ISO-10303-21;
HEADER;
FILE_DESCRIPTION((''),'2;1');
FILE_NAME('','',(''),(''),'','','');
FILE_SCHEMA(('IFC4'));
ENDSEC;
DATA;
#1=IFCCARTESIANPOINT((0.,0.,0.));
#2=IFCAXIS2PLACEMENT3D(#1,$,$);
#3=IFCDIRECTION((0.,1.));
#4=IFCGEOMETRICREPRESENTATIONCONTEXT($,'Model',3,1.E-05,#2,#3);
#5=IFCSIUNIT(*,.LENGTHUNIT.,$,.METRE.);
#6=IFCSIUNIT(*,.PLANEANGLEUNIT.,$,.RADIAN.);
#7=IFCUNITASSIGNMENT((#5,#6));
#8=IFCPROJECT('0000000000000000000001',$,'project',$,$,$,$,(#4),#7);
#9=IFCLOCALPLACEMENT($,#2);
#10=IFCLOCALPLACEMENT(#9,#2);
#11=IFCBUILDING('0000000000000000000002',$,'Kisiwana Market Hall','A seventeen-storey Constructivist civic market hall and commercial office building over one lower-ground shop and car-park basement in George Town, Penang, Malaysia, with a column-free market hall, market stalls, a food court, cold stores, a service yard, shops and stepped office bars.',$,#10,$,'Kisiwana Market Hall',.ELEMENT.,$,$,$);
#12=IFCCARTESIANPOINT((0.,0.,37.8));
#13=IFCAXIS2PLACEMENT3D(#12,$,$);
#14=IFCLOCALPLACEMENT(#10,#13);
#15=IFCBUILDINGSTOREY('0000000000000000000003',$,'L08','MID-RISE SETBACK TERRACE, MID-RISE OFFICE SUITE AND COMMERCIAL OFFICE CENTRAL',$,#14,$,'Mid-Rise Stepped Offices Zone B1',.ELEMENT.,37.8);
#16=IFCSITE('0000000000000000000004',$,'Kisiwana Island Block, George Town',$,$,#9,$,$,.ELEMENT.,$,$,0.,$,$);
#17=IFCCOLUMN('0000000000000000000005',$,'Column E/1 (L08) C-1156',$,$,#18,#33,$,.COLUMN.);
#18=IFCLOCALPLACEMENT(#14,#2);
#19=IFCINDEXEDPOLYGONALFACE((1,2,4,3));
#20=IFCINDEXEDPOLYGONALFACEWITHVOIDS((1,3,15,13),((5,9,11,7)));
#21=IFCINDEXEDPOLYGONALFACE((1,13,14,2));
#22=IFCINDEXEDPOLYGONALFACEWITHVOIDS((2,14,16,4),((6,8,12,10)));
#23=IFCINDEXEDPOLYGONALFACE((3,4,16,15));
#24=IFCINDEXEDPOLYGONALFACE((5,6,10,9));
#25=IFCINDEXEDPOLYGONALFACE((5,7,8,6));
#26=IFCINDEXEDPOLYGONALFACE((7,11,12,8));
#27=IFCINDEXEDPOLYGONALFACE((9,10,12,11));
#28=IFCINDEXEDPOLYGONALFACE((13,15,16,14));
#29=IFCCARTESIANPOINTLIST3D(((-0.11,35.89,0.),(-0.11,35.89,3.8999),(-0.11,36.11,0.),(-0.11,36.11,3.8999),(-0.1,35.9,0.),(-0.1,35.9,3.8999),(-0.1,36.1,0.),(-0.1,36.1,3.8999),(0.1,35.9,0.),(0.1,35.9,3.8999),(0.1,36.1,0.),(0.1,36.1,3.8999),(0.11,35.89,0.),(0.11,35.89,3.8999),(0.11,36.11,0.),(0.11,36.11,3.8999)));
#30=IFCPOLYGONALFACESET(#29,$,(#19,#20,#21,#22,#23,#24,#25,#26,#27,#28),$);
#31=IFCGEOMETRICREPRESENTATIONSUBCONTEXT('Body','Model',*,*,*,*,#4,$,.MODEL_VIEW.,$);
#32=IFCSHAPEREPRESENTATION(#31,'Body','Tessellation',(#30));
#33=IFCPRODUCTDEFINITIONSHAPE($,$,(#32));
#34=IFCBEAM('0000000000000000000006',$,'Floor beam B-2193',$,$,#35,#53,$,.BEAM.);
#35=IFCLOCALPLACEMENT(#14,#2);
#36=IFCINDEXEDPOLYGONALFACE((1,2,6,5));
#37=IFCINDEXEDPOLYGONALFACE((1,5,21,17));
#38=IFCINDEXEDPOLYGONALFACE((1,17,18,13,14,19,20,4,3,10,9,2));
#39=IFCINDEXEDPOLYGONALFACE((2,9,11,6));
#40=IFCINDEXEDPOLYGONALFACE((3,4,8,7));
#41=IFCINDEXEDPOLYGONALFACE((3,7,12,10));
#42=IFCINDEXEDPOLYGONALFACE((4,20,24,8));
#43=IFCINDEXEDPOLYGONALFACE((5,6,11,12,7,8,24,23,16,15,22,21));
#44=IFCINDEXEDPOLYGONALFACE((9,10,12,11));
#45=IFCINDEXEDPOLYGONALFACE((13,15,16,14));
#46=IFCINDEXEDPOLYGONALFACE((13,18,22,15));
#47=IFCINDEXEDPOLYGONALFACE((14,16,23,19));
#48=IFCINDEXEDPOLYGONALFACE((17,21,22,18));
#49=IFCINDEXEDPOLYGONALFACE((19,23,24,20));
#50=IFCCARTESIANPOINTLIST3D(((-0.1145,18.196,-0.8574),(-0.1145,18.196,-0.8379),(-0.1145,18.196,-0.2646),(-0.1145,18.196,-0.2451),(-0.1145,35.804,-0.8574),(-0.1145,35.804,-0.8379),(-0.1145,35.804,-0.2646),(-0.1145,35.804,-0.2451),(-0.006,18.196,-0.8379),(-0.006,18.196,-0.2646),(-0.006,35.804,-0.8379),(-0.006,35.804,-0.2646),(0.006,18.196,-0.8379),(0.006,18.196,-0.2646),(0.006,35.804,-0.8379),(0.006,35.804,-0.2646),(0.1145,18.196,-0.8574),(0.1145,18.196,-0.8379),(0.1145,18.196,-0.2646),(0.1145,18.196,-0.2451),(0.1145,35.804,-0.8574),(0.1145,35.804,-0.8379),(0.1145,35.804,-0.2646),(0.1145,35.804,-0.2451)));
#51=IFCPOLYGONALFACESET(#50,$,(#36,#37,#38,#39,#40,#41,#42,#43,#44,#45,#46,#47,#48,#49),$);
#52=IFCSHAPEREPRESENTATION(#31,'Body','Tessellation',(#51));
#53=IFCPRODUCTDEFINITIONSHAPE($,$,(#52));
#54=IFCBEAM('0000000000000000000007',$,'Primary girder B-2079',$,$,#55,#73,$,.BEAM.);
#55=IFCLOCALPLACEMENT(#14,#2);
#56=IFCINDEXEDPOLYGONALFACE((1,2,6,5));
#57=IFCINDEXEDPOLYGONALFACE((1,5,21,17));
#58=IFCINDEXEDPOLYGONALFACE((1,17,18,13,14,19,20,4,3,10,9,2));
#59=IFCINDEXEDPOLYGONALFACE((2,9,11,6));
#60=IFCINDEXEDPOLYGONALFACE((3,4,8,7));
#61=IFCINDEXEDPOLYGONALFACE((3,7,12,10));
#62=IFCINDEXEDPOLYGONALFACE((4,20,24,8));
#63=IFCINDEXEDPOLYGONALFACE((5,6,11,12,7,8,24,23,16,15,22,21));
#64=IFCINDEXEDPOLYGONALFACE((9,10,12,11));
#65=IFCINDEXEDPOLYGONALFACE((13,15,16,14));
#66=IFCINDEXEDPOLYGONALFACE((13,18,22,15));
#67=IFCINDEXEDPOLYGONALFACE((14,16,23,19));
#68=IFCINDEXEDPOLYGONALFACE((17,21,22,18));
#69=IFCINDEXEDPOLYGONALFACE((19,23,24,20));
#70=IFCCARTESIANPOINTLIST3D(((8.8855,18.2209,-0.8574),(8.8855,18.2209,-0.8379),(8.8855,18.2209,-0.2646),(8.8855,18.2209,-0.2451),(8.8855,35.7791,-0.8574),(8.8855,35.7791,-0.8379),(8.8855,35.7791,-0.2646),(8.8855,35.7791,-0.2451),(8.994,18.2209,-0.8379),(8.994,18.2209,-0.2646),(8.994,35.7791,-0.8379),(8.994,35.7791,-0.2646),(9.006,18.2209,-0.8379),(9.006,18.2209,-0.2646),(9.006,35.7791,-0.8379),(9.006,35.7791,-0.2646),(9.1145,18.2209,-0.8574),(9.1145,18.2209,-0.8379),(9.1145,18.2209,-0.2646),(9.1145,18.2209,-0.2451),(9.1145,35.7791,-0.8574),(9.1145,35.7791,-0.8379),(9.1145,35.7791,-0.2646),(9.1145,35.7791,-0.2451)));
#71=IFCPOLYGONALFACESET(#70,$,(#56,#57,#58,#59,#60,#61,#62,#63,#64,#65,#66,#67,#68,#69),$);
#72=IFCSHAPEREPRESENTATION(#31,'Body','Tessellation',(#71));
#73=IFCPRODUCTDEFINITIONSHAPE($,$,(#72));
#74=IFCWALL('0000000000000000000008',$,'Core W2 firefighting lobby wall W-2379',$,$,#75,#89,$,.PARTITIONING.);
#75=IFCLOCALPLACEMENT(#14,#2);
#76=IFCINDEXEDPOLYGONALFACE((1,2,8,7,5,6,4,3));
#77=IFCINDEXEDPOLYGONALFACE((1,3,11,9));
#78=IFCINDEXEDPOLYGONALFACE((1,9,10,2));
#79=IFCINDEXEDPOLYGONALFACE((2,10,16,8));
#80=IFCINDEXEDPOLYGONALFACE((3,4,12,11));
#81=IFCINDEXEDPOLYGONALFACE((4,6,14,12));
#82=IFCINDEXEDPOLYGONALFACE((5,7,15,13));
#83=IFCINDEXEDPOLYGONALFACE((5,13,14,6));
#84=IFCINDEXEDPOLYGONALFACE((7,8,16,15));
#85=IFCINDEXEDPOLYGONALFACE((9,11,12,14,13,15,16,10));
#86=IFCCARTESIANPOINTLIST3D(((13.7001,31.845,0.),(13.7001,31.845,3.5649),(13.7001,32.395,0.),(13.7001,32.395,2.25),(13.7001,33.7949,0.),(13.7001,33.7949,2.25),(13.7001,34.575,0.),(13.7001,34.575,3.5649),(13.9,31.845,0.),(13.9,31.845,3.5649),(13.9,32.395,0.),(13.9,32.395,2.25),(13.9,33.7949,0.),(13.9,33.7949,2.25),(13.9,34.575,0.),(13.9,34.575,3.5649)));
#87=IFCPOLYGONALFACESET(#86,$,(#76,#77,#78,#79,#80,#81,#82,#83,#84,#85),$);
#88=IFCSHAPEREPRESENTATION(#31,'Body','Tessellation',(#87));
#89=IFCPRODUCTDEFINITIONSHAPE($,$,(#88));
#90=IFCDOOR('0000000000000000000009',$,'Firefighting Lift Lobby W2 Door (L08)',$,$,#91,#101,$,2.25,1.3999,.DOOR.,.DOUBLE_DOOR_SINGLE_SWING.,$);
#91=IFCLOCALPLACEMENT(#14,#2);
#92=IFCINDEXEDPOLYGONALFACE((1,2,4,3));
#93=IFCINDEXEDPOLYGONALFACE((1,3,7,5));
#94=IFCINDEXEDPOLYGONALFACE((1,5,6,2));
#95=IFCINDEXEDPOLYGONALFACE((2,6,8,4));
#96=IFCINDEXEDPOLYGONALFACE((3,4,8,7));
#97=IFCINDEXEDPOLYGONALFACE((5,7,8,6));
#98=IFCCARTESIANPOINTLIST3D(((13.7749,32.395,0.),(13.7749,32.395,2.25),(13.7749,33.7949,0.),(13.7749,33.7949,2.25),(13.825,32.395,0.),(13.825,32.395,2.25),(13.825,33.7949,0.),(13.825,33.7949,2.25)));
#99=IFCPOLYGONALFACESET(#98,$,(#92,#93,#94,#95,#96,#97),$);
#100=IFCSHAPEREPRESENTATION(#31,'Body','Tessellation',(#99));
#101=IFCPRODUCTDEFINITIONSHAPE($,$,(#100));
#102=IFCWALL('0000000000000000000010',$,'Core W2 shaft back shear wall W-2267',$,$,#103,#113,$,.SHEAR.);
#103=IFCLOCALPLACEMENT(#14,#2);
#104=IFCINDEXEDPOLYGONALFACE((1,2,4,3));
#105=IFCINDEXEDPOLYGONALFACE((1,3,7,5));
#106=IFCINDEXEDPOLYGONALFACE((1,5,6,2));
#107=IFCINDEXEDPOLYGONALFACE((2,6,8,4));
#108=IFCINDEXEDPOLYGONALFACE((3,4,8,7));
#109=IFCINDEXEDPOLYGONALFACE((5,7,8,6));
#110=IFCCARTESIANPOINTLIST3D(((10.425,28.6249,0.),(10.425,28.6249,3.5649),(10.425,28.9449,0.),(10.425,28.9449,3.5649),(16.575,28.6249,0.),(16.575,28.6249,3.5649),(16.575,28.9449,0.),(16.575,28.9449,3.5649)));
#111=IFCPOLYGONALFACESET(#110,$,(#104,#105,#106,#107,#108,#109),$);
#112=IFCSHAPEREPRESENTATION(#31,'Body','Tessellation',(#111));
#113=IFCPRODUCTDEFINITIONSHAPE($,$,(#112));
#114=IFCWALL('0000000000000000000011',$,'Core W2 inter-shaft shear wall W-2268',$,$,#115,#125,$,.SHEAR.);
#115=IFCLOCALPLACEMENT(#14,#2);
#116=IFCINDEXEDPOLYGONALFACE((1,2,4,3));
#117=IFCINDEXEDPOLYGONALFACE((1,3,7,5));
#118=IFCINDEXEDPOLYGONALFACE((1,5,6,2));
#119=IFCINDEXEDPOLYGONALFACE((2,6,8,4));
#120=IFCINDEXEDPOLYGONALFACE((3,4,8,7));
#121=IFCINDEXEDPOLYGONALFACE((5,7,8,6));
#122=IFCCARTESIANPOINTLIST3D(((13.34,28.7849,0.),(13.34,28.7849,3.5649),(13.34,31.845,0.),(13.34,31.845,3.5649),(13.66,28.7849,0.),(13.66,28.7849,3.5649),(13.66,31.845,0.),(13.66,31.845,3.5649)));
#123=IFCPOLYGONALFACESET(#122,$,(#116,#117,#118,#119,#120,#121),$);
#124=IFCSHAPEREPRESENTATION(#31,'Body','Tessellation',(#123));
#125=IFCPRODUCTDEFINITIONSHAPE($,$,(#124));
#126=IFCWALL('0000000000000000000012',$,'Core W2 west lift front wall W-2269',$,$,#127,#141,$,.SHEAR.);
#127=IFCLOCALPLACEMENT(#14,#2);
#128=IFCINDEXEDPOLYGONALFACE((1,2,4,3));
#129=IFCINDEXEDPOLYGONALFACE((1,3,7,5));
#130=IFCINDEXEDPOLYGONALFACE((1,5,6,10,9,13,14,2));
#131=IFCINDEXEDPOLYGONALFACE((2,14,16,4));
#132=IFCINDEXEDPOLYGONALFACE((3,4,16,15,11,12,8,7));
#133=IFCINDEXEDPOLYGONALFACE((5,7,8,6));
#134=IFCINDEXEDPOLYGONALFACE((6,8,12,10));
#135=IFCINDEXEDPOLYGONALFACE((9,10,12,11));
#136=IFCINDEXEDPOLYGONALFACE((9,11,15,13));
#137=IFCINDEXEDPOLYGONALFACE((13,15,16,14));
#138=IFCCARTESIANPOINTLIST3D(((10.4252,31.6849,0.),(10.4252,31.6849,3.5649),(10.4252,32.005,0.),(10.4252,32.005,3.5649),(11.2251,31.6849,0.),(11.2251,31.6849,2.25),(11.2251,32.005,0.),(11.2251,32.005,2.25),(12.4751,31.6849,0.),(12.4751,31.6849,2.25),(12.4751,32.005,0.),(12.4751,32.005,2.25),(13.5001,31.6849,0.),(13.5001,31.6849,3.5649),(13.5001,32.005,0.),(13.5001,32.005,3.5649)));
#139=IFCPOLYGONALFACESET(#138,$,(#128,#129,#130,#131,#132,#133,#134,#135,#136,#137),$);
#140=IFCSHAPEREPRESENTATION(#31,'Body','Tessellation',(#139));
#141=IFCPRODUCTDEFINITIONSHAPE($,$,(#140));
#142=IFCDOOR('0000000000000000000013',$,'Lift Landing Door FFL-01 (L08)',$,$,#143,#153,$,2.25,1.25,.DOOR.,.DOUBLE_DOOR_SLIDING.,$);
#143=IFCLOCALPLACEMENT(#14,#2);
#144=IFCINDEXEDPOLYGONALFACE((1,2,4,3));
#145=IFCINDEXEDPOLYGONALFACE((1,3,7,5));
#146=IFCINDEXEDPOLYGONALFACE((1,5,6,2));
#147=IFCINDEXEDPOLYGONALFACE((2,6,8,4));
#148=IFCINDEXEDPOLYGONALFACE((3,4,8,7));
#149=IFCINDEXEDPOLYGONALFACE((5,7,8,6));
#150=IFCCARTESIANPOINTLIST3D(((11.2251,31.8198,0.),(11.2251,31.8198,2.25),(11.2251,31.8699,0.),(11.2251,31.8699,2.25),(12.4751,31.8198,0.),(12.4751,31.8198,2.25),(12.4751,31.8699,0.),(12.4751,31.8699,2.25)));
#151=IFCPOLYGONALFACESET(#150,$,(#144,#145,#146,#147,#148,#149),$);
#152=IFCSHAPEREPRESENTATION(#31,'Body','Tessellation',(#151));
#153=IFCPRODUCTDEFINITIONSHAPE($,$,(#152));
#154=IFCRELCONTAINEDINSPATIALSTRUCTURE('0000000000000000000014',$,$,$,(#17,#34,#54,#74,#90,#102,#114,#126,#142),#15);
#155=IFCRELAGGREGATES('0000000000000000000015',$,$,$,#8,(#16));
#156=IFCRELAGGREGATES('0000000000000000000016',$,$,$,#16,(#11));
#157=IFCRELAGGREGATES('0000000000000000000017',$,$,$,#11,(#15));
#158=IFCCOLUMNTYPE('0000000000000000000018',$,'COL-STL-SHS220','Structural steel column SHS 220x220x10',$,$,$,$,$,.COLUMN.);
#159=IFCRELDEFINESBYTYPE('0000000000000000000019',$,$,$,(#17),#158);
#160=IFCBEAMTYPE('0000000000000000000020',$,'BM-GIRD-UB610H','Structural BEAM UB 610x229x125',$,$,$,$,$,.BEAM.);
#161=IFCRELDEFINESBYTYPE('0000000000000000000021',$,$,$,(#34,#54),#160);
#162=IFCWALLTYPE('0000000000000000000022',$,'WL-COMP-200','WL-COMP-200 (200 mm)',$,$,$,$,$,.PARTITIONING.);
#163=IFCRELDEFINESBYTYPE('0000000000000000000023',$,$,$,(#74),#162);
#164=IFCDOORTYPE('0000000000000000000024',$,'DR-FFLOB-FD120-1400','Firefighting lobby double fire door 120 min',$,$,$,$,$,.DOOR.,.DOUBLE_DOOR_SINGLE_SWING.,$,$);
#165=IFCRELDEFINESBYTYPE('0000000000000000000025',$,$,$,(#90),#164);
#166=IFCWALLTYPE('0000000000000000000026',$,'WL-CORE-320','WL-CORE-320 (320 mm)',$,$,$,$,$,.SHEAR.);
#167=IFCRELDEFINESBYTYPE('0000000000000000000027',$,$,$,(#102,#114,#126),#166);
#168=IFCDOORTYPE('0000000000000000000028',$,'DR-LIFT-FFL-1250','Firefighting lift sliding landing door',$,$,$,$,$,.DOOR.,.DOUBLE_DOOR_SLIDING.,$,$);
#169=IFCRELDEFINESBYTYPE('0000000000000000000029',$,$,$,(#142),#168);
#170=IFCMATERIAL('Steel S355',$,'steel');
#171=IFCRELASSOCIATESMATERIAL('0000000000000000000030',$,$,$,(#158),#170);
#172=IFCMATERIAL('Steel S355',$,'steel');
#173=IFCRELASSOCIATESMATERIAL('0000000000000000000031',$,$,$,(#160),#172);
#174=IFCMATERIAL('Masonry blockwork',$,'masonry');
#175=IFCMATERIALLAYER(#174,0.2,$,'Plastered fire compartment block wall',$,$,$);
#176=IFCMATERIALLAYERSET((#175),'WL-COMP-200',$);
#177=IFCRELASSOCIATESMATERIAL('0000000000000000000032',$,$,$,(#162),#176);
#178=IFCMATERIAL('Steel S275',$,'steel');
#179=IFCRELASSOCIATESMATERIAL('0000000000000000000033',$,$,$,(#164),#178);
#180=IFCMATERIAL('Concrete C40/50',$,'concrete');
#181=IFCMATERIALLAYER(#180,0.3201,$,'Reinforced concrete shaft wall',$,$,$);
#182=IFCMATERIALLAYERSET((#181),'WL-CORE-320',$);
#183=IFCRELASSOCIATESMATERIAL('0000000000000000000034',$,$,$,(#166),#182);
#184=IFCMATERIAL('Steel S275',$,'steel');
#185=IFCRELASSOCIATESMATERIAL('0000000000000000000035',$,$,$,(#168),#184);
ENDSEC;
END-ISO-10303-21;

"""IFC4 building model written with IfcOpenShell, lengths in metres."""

from ifc_helpers import new_model, si_unit, direction, frame, frame_2d, origin, origin_2d, place, context, subcontext, project, spatial, rectangle, hollow_rectangle, i_section, extrude, material, layer, layer_set, material_profile, profile_set, type_object, element, fill, save


model = new_model("IFC4")

# Units and contexts
model_context = context("Model", 3, precision=1e-05, world=origin(), true_north=direction((0.0, 1.0)))
body_context = subcontext(model_context, "Body", "Model", "MODEL_VIEW")
ifc_project = project(units=[si_unit("LENGTHUNIT", "METRE"), si_unit("PLANEANGLEUNIT", "RADIAN")], contexts=[model_context])

# Site, building, storey
site_placement = place(None, origin())
site = spatial("IfcSite", under=ifc_project, at=site_placement, Name="Kisiwana Island Block, George Town", CompositionType="ELEMENT", RefElevation=0.0)
building_placement = place(site_placement, origin())
building = spatial("IfcBuilding", under=site, at=building_placement, Name="Kisiwana Market Hall", Description="A seventeen-storey Constructivist civic market hall and commercial office building over one lower-ground shop and car-park basement in George Town, Penang, Malaysia, with a column-free market hall, market stalls, a food court, cold stores, a service yard, shops and stepped office bars.", LongName="Kisiwana Market Hall", CompositionType="ELEMENT")
storey_placement = place(building_placement, frame((0.0, 0.0, 37.8)))
storey = spatial("IfcBuildingStorey", under=building, at=storey_placement, Name="L08", Description="MID-RISE SETBACK TERRACE, MID-RISE OFFICE SUITE AND COMMERCIAL OFFICE CENTRAL", LongName="Mid-Rise Stepped Offices Zone B1", CompositionType="ELEMENT", Elevation=37.8)

# Column
ifc_material_1 = material(Name="Steel S355", Category="steel")
ifc_material_profile_1 = material_profile(ifc_material_1, hollow_rectangle(XDim=0.22, YDim=0.22, WallThickness=0.01, at=origin_2d()), Name="SHS 220x220x10")
ifc_profile_set_1 = profile_set([ifc_material_profile_1], Name="Steel S355")
column_type = type_object("IfcColumnType", Name="COL-STL-SHS220", Description="Structural steel column SHS 220x220x10", PredefinedType="COLUMN", material=ifc_profile_set_1)
column_placement = place(storey_placement, frame((0.0, 36.0, 0.0), z_axis=(0.0, 0.0, 1.0), x_axis=(1.0, 0.0, 0.0)))
element("IfcColumn", 1, at=column_placement, inside=storey, type_object=column_type, Name="Column E/1 (L08) C-1156", PredefinedType="COLUMN", context=body_context, shape_type="SweptSolid", body=[
    extrude(hollow_rectangle(XDim=0.22, YDim=0.22, WallThickness=0.01, at=origin_2d()), origin(), (0.0, 0.0, 1.0), 3.8999),
])

# Beams
ifc_material_2 = material(Name="Steel S355", Category="steel")
ifc_material_profile_2 = material_profile(ifc_material_2, i_section(OverallWidth=0.229, OverallDepth=0.6123, WebThickness=0.012, FlangeThickness=0.0195, at=origin_2d()), Name="UB 610x229x125")
ifc_profile_set_2 = profile_set([ifc_material_profile_2], Name="Steel S355")
beam_type = type_object("IfcBeamType", Name="BM-GIRD-UB610H", Description="Structural BEAM UB 610x229x125", PredefinedType="BEAM", material=ifc_profile_set_2)
beam_1_placement = place(storey_placement, frame((0.0, 18.196, -0.5513), z_axis=(0.0, 1.0, 0.0), x_axis=(-1.0, 0.0, 0.0)))
element("IfcBeam", 2, at=beam_1_placement, inside=storey, type_object=beam_type, Name="Floor beam B-2193", PredefinedType="BEAM", context=body_context, shape_type="SweptSolid", body=[
    extrude(i_section(OverallWidth=0.229, OverallDepth=0.6123, WebThickness=0.012, FlangeThickness=0.0195, at=origin_2d()), origin(), (0.0, 0.0, 1.0), 17.6079),
])
beam_2_placement = place(storey_placement, frame((9.0, 18.2209, -0.5513), z_axis=(0.0, 1.0, 0.0), x_axis=(-1.0, 0.0, 0.0)))
element("IfcBeam", 3, at=beam_2_placement, inside=storey, type_object=beam_type, Name="Primary girder B-2079", PredefinedType="BEAM", context=body_context, shape_type="SweptSolid", body=[
    extrude(i_section(OverallWidth=0.229, OverallDepth=0.6123, WebThickness=0.012, FlangeThickness=0.0195, at=origin_2d()), origin(), (0.0, 0.0, 1.0), 17.5581),
])

# Wall, opening, door
ifc_material_3 = material(Name="Masonry blockwork", Category="masonry")
ifc_layer_1 = layer(ifc_material_3, 0.2, Name="Plastered fire compartment block wall")
ifc_layer_set_1 = layer_set([ifc_layer_1], Name="WL-COMP-200")
wall_type_1 = type_object("IfcWallType", Name="WL-COMP-200", Description="WL-COMP-200 (200 mm)", PredefinedType="PARTITIONING", material=ifc_layer_set_1)
wall_1_placement = place(storey_placement, frame((13.8, 31.845, 0.0), z_axis=(0.0, 0.0, 1.0), x_axis=(0.0, 1.0, 0.0)))
wall_1 = element("IfcWall", 4, at=wall_1_placement, inside=storey, type_object=wall_type_1, Name="Core W2 firefighting lobby wall W-2379", PredefinedType="PARTITIONING", context=body_context, shape_type="SweptSolid", body=[
    extrude(rectangle(XDim=2.73, YDim=0.2, at=frame_2d((1.365, 0.0))), origin(), (0.0, 0.0, 1.0), 3.5649),
])
opening_1_placement = place(wall_1_placement, frame((0.55, 0.0, 0.0)))
opening_1 = element("IfcOpeningElement", 5, at=opening_1_placement, cuts=wall_1, PredefinedType="OPENING", context=body_context, shape_type="SweptSolid", body=[
    extrude(rectangle(XDim=1.3999, YDim=2.25, at=frame_2d((0.7, 1.125))), frame((0.0, 0.1118, 0.0), z_axis=(0.0, -1.0, 0.0), x_axis=(1.0, 0.0, 0.0)), (0.0, 0.0, 1.0), 0.2239),
])
ifc_material_4 = material(Name="Steel S275", Category="steel")
door_type_1 = type_object("IfcDoorType", Name="DR-FFLOB-FD120-1400", Description="Firefighting lobby double fire door 120 min", OperationType="DOUBLE_DOOR_SINGLE_SWING", PredefinedType="DOOR", material=ifc_material_4)
door_1_placement = place(opening_1_placement, frame((1.3999, 0.0, 0.0), z_axis=(0.0, 0.0, 1.0), x_axis=(-1.0, 0.0, 0.0)))
door_1 = element("IfcDoor", 6, at=door_1_placement, inside=storey, type_object=door_type_1, Name="Firefighting Lift Lobby W2 Door (L08)", OperationType="DOUBLE_DOOR_SINGLE_SWING", OverallHeight=2.25, OverallWidth=1.3999, PredefinedType="DOOR", context=body_context, shape_type="SweptSolid", body=[
    extrude(rectangle(XDim=1.3999, YDim=2.25, at=frame_2d((0.7, 1.125))), frame((0.0, 0.0249, 0.0), z_axis=(0.0, -1.0, 0.0), x_axis=(1.0, 0.0, 0.0)), (0.0, 0.0, 1.0), 0.05),
])
fill(opening_1, door_1)

# Walls
ifc_material_5 = material(Name="Concrete C40/50", Category="concrete")
ifc_layer_2 = layer(ifc_material_5, 0.3201, Name="Reinforced concrete shaft wall")
ifc_layer_set_2 = layer_set([ifc_layer_2], Name="WL-CORE-320")
wall_type_2 = type_object("IfcWallType", Name="WL-CORE-320", Description="WL-CORE-320 (320 mm)", PredefinedType="SHEAR", material=ifc_layer_set_2)
wall_2_placement = place(storey_placement, frame((10.425, 28.7849, 0.0), z_axis=(0.0, 0.0, 1.0), x_axis=(1.0, 0.0, 0.0)))
element("IfcWall", 7, at=wall_2_placement, inside=storey, type_object=wall_type_2, Name="Core W2 shaft back shear wall W-2267", PredefinedType="SHEAR", context=body_context, shape_type="SweptSolid", body=[
    extrude(rectangle(XDim=6.1499, YDim=0.3201, at=frame_2d((3.075, 0.0))), origin(), (0.0, 0.0, 1.0), 3.5649),
])
wall_3_placement = place(storey_placement, frame((13.5, 28.7849, 0.0), z_axis=(0.0, 0.0, 1.0), x_axis=(0.0, 1.0, 0.0)))
element("IfcWall", 8, at=wall_3_placement, inside=storey, type_object=wall_type_2, Name="Core W2 inter-shaft shear wall W-2268", PredefinedType="SHEAR", context=body_context, shape_type="SweptSolid", body=[
    extrude(rectangle(XDim=3.0601, YDim=0.3201, at=frame_2d((1.53, 0.0))), origin(), (0.0, 0.0, 1.0), 3.5649),
])

# Wall, opening, door
wall_4_placement = place(storey_placement, frame((10.425, 31.845, 0.0), z_axis=(0.0, 0.0, 1.0), x_axis=(1.0, 0.0, 0.0)))
wall_4 = element("IfcWall", 9, at=wall_4_placement, inside=storey, type_object=wall_type_2, Name="Core W2 west lift front wall W-2269", PredefinedType="SHEAR", context=body_context, shape_type="SweptSolid", body=[
    extrude(rectangle(XDim=3.075, YDim=0.3201, at=frame_2d((1.5376, 0.0))), origin(), (0.0, 0.0, 1.0), 3.5649),
])
opening_2_placement = place(wall_4_placement, frame((0.8, 0.0, 0.0)))
opening_2 = element("IfcOpeningElement", 10, at=opening_2_placement, cuts=wall_4, PredefinedType="OPENING", context=body_context, shape_type="SweptSolid", body=[
    extrude(rectangle(XDim=1.25, YDim=2.25, at=frame_2d((0.625, 1.125))), frame((0.0, 0.1719, 0.0), z_axis=(0.0, -1.0, 0.0), x_axis=(1.0, 0.0, 0.0)), (0.0, 0.0, 1.0), 0.344),
])
ifc_material_6 = material(Name="Steel S275", Category="steel")
door_type_2 = type_object("IfcDoorType", Name="DR-LIFT-FFL-1250", Description="Firefighting lift sliding landing door", OperationType="DOUBLE_DOOR_SLIDING", PredefinedType="DOOR", material=ifc_material_6)
door_2_placement = place(opening_2_placement, origin())
door_2 = element("IfcDoor", 11, at=door_2_placement, inside=storey, type_object=door_type_2, Name="Lift Landing Door FFL-01 (L08)", OperationType="DOUBLE_DOOR_SLIDING", OverallHeight=2.25, OverallWidth=1.25, PredefinedType="DOOR", context=body_context, shape_type="SweptSolid", body=[
    extrude(rectangle(XDim=1.25, YDim=2.25, at=frame_2d((0.625, 1.125))), frame((0.0, 0.0249, 0.0), z_axis=(0.0, -1.0, 0.0), x_axis=(1.0, 0.0, 0.0)), (0.0, 0.0, 1.0), 0.05),
])
fill(opening_2, door_2)

save(model, "model.ifc")
